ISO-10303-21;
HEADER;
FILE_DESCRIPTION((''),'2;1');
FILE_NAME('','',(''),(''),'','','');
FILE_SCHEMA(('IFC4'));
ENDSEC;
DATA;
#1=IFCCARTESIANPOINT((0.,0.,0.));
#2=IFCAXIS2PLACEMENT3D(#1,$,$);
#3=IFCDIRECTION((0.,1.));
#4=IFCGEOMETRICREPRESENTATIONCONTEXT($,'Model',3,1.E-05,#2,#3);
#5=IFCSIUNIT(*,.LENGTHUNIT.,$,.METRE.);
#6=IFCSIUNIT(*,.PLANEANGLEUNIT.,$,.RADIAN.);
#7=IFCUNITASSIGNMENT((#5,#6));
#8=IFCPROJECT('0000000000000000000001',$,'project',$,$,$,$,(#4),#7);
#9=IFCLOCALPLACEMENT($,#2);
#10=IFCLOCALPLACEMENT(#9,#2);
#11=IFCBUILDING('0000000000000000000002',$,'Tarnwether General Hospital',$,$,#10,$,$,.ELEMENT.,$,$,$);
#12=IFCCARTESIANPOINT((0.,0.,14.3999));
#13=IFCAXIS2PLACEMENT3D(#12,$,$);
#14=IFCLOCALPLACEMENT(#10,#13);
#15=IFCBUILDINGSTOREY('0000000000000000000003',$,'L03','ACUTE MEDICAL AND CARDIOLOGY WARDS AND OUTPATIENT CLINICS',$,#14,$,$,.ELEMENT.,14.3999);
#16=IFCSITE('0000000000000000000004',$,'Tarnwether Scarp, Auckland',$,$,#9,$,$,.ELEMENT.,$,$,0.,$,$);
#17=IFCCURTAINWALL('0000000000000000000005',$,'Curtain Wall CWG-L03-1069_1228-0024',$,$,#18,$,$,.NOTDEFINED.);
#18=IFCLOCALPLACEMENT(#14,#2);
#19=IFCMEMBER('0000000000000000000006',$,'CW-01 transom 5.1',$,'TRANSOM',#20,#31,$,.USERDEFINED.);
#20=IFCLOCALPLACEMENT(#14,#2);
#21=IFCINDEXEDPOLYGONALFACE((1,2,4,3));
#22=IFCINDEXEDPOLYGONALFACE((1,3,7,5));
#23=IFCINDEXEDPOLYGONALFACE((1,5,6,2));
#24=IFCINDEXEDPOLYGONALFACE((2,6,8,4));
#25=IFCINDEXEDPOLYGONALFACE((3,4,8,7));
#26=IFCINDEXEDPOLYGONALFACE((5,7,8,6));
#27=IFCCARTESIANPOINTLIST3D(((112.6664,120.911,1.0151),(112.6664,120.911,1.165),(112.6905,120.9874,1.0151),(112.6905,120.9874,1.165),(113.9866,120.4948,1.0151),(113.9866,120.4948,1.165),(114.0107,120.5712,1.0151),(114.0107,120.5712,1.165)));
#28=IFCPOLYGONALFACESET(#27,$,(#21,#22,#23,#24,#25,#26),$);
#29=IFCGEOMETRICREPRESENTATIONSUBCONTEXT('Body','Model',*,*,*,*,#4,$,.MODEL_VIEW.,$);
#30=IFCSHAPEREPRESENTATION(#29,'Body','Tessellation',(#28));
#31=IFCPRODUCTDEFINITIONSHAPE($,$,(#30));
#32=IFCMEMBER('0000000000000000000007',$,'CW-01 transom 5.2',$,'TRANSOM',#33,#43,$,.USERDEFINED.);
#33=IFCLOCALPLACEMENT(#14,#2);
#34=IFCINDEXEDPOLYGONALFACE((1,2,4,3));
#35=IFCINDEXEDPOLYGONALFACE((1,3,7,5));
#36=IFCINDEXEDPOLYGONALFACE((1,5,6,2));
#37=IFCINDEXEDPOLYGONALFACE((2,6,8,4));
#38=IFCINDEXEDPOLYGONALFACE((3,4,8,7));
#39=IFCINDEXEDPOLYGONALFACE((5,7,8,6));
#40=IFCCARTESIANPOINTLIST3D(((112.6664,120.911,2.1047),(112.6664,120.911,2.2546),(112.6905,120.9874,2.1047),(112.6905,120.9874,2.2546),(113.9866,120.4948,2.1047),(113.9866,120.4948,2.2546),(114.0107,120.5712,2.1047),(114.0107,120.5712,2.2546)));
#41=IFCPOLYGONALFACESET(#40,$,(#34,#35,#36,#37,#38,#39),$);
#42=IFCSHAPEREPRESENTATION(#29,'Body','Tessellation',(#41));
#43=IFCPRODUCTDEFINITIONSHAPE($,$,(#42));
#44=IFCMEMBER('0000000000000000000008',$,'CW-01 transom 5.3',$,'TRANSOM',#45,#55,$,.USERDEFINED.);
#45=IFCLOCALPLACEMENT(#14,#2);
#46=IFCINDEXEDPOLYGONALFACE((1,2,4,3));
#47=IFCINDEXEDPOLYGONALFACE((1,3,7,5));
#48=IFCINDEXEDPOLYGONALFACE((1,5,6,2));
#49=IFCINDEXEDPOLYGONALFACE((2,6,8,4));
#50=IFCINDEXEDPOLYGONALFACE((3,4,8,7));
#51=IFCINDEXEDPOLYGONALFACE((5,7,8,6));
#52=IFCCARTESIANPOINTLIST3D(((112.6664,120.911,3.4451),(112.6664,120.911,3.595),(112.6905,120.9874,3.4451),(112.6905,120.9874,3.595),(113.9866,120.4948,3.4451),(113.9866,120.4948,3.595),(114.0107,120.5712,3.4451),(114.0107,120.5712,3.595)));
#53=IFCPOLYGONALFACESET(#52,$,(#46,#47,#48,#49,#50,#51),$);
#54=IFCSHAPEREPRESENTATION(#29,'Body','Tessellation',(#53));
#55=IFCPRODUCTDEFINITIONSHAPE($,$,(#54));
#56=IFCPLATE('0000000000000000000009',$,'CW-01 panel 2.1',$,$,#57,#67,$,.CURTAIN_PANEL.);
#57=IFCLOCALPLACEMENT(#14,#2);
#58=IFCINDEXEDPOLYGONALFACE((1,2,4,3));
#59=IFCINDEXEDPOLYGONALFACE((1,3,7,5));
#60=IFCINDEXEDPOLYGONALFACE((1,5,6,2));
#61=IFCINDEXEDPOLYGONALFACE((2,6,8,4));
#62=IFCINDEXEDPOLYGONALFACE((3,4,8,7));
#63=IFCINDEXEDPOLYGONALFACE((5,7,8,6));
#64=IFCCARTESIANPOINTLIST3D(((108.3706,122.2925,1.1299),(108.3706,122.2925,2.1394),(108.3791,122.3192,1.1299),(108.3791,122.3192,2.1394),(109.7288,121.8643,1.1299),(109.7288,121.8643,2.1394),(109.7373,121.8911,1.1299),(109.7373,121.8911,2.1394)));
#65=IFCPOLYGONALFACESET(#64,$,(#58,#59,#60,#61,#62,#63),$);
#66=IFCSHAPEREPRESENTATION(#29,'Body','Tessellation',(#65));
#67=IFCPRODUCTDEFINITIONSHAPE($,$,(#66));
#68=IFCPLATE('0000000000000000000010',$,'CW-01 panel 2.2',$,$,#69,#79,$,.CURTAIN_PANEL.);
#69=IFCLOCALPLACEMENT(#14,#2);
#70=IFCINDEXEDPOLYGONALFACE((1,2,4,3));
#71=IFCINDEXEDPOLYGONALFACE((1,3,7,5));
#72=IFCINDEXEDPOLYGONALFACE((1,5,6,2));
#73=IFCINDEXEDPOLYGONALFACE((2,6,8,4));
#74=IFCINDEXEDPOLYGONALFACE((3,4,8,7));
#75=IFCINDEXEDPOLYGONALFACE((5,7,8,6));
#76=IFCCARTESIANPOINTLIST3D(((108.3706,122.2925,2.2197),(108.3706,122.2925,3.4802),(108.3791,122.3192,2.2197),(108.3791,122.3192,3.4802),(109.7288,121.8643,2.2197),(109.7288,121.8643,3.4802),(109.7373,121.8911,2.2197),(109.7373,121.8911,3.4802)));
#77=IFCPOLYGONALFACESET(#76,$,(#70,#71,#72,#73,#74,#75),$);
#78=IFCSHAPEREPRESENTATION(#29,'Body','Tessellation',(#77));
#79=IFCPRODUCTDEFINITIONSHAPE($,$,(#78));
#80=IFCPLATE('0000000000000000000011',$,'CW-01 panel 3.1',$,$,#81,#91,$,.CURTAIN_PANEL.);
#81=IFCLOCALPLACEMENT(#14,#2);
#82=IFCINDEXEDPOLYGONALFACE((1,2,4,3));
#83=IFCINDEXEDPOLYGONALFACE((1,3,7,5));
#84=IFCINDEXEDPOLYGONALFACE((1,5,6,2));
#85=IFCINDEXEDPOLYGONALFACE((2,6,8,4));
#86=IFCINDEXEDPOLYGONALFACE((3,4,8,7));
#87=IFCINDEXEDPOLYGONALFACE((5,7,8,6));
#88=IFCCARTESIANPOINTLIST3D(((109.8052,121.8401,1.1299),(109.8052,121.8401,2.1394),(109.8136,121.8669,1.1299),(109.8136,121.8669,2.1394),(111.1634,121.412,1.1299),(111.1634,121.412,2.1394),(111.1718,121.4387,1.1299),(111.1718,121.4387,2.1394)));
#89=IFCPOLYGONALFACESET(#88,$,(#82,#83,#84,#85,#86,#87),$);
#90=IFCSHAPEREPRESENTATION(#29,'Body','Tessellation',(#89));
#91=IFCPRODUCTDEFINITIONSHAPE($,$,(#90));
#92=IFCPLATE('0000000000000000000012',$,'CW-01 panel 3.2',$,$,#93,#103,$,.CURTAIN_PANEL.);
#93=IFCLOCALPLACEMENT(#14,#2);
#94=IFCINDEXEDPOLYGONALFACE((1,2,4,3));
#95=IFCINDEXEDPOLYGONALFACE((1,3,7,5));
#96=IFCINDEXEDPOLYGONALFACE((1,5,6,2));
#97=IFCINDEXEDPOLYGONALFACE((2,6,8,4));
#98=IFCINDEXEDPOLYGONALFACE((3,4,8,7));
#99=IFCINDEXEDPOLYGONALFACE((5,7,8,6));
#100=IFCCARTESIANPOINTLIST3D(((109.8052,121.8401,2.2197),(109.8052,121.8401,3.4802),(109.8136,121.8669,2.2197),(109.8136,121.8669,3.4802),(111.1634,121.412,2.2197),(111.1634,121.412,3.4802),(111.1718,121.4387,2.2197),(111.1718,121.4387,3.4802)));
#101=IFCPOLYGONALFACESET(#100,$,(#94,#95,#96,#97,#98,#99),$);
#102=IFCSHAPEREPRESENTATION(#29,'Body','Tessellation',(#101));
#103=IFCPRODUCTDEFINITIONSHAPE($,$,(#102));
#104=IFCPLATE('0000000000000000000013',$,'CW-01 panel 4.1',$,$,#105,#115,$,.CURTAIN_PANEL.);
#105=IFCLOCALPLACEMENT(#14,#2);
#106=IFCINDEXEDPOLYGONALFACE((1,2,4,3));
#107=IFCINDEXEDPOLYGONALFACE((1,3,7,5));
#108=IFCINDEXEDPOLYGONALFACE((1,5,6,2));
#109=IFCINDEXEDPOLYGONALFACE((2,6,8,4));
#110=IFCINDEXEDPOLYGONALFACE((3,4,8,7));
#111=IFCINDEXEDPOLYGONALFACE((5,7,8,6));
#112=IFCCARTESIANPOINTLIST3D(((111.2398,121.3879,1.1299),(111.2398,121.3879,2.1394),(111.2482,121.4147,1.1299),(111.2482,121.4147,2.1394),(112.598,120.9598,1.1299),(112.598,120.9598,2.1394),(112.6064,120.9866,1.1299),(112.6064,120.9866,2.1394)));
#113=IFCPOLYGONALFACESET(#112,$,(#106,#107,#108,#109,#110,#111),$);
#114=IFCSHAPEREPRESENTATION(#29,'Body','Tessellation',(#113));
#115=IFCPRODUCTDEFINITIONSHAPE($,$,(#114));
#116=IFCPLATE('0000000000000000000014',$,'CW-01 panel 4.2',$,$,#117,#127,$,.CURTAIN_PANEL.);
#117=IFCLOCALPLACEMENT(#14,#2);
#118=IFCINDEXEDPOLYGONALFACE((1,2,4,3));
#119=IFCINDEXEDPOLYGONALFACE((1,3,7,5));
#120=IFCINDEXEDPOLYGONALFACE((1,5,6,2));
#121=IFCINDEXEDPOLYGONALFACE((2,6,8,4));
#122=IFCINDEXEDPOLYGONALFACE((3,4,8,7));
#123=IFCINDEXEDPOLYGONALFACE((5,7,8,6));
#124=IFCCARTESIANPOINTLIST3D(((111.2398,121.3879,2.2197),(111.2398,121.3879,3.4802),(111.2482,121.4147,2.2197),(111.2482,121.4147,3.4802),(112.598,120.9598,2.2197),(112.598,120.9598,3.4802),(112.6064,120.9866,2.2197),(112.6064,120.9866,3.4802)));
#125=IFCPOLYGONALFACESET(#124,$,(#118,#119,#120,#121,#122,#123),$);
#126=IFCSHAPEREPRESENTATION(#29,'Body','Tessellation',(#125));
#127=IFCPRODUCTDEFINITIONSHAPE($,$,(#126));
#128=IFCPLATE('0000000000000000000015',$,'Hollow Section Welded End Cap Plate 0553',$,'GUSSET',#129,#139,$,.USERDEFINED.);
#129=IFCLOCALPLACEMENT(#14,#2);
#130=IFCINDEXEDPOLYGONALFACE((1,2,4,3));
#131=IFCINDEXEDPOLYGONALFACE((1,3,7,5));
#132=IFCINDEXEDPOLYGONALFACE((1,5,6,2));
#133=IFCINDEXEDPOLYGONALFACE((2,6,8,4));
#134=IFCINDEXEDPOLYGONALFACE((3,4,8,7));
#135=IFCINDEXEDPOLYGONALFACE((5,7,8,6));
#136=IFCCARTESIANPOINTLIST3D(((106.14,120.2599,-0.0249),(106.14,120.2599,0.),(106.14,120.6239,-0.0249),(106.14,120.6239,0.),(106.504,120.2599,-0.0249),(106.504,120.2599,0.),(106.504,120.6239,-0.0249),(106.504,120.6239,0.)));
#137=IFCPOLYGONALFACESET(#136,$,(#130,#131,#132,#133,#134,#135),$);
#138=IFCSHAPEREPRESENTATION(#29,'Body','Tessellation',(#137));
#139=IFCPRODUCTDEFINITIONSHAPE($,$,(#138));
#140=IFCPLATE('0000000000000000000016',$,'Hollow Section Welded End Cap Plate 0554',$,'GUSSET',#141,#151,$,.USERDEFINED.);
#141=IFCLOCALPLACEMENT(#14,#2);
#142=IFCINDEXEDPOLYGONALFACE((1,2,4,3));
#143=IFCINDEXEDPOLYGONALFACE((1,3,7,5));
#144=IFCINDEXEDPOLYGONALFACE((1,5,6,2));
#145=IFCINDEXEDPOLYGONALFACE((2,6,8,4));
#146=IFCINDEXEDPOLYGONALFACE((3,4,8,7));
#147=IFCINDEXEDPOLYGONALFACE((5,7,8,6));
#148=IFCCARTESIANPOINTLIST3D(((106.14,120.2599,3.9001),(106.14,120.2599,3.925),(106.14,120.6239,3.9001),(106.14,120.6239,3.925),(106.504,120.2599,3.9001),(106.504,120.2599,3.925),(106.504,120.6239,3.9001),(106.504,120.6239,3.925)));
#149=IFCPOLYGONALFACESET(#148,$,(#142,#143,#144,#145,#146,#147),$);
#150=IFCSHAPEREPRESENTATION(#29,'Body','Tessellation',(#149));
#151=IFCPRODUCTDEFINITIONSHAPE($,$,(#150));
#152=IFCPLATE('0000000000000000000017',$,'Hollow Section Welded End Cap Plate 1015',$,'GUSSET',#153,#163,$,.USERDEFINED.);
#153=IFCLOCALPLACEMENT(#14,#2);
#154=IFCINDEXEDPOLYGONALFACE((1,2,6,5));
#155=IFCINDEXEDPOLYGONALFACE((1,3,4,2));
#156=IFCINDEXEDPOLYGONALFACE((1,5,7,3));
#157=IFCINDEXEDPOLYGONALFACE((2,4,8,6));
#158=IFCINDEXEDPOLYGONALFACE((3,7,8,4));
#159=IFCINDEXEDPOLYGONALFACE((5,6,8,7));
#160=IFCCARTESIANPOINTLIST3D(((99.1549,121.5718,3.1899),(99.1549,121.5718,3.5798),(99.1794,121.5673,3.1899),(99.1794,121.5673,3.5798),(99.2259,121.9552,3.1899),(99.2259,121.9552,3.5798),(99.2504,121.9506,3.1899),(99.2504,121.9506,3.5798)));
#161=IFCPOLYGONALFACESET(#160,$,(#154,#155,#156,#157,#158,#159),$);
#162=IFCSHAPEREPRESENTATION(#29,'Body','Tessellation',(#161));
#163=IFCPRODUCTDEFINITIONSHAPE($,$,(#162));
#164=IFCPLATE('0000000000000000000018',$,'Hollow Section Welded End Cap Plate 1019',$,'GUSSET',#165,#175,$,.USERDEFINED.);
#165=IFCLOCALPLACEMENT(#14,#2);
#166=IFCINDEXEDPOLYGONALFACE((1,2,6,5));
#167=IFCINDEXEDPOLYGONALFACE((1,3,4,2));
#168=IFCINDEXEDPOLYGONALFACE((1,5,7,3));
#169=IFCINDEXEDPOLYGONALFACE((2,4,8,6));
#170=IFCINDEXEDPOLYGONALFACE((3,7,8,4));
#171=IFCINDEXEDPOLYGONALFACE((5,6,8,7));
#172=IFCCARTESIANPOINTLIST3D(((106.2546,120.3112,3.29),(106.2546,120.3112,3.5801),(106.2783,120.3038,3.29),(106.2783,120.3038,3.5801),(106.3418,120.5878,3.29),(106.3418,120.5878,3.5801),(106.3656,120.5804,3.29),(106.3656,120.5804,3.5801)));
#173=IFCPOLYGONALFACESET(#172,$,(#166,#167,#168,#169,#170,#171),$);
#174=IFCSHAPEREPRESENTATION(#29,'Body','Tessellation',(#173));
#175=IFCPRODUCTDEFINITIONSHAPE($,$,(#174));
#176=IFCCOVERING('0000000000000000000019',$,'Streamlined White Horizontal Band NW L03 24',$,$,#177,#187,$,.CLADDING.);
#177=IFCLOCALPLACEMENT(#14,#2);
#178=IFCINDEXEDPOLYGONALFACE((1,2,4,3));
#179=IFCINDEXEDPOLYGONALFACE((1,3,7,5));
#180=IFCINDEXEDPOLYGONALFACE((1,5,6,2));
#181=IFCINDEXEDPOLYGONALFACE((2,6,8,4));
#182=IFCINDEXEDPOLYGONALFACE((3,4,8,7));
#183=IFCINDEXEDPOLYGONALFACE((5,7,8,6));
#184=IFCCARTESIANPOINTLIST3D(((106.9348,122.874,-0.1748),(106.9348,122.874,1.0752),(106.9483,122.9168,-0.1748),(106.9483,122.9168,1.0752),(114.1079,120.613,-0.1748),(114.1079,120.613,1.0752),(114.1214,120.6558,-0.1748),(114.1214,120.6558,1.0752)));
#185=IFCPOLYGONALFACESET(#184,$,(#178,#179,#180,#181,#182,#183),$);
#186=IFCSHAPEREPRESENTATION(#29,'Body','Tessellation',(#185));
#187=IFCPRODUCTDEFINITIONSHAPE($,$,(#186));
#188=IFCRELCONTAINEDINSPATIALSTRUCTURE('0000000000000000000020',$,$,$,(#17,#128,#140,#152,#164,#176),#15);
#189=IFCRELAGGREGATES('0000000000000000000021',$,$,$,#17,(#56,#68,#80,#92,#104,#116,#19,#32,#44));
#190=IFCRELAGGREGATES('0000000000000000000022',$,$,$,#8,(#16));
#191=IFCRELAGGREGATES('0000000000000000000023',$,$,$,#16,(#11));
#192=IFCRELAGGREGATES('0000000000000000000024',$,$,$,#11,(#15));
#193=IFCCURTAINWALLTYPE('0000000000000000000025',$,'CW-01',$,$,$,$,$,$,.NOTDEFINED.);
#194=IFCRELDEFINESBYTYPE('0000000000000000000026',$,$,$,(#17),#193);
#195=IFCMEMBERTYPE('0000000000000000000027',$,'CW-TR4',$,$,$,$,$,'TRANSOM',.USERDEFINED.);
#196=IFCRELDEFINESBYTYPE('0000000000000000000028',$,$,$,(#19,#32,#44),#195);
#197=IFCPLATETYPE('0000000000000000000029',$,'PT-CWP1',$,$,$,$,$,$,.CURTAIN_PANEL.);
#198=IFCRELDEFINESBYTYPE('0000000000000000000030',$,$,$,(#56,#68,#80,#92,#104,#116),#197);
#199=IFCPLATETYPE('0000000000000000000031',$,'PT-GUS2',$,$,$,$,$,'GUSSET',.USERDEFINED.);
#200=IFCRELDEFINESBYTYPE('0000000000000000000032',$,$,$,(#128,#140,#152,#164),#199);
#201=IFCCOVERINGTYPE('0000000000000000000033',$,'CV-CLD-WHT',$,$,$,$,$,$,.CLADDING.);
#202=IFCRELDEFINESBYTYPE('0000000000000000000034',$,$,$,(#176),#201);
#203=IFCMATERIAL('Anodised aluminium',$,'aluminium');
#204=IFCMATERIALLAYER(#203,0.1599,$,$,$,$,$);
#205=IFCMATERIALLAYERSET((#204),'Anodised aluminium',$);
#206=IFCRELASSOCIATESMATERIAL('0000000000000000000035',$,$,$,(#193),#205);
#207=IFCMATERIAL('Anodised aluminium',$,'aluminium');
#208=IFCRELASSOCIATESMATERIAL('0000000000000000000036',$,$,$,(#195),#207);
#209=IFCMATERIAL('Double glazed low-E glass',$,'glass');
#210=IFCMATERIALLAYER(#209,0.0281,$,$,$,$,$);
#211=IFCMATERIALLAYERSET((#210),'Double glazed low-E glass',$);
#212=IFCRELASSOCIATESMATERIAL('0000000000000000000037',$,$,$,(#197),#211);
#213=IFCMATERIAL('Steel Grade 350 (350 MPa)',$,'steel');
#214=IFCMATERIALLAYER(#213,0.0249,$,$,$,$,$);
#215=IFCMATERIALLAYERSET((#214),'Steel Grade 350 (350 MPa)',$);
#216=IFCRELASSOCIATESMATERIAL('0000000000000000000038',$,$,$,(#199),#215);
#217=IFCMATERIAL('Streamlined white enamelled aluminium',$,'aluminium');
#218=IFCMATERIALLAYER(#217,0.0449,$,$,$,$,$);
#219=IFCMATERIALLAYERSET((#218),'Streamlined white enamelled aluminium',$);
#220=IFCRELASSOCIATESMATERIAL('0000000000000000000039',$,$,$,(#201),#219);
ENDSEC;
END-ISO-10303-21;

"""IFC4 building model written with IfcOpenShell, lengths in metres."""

from ifc_helpers import new_model, si_unit, direction, frame, origin, origin_2d, place, context, subcontext, project, spatial, rectangle, extrude, material, layer, layer_set, material_profile, profile_set, type_object, element, aggregate, save


model = new_model("IFC4")

# Units and contexts
model_context = context("Model", 3, precision=1e-05, world=origin(), true_north=direction((0.0, 1.0)))
body_context = subcontext(model_context, "Body", "Model", "MODEL_VIEW")
ifc_project = project(units=[si_unit("LENGTHUNIT", "METRE"), si_unit("PLANEANGLEUNIT", "RADIAN")], contexts=[model_context])

# Site, building, storey
site_placement = place(None, origin())
site = spatial("IfcSite", under=ifc_project, at=site_placement, Name="Tarnwether Scarp, Auckland", CompositionType="ELEMENT", RefElevation=0.0)
building_placement = place(site_placement, origin())
building = spatial("IfcBuilding", under=site, at=building_placement, Name="Tarnwether General Hospital", CompositionType="ELEMENT")
storey_placement = place(building_placement, frame((0.0, 0.0, 14.3999)))
storey = spatial("IfcBuildingStorey", under=building, at=storey_placement, Name="L03", Description="ACUTE MEDICAL AND CARDIOLOGY WARDS AND OUTPATIENT CLINICS", CompositionType="ELEMENT", Elevation=14.3999)

# Curtain wall, members, plates
ifc_material_1 = material(Name="Anodised aluminium", Category="aluminium")
ifc_layer_1 = layer(ifc_material_1, 0.1599)
ifc_layer_set_1 = layer_set([ifc_layer_1], Name="Anodised aluminium")
curtain_wall_type = type_object("IfcCurtainWallType", Name="CW-01", PredefinedType="NOTDEFINED", material=ifc_layer_set_1)
curtain_wall_placement = place(storey_placement, origin())
curtain_wall = element("IfcCurtainWall", 1, at=curtain_wall_placement, inside=storey, type_object=curtain_wall_type, Name="Curtain Wall CWG-L03-1069_1228-0024", PredefinedType="NOTDEFINED")
ifc_material_2 = material(Name="Anodised aluminium", Category="aluminium")
ifc_material_profile_1 = material_profile(ifc_material_2, rectangle(XDim=0.0801, YDim=0.1499, at=origin_2d()), Name="ALU-TRN-80x150")
ifc_profile_set_1 = profile_set([ifc_material_profile_1], Name="Anodised aluminium")
member_type_1 = type_object("IfcMemberType", Name="CW-TR4", ElementType="TRANSOM", PredefinedType="USERDEFINED", material=ifc_profile_set_1)
member_1_placement = place(storey_placement, frame((112.6785, 120.9492, 1.0901), z_axis=(0.953724, -0.300684, 0.0), x_axis=(0.300684, 0.953724, 0.0)))
member_1 = element("IfcMember", 2, at=member_1_placement, type_object=member_type_1, Name="CW-01 transom 5.1", ObjectType="TRANSOM", PredefinedType="USERDEFINED", context=body_context, shape_type="SweptSolid", body=[
    extrude(rectangle(XDim=0.0801, YDim=0.1499, at=origin_2d()), origin(), (0.0, 0.0, 1.0), 1.3843),
])
member_2_placement = place(storey_placement, frame((112.6785, 120.9492, 2.1797), z_axis=(0.953724, -0.300684, 0.0), x_axis=(0.300684, 0.953724, 0.0)))
member_2 = element("IfcMember", 3, at=member_2_placement, type_object=member_type_1, Name="CW-01 transom 5.2", ObjectType="TRANSOM", PredefinedType="USERDEFINED", context=body_context, shape_type="SweptSolid", body=[
    extrude(rectangle(XDim=0.0801, YDim=0.1499, at=origin_2d()), origin(), (0.0, 0.0, 1.0), 1.3843),
])
member_3_placement = place(storey_placement, frame((112.6785, 120.9492, 3.52), z_axis=(0.953724, -0.300684, 0.0), x_axis=(0.300684, 0.953724, 0.0)))
member_3 = element("IfcMember", 4, at=member_3_placement, type_object=member_type_1, Name="CW-01 transom 5.3", ObjectType="TRANSOM", PredefinedType="USERDEFINED", context=body_context, shape_type="SweptSolid", body=[
    extrude(rectangle(XDim=0.0801, YDim=0.1499, at=origin_2d()), origin(), (0.0, 0.0, 1.0), 1.3843),
])
ifc_material_3 = material(Name="Double glazed low-E glass", Category="glass")
ifc_layer_2 = layer(ifc_material_3, 0.0281)
ifc_layer_set_2 = layer_set([ifc_layer_2], Name="Double glazed low-E glass")
plate_type_1 = type_object("IfcPlateType", Name="PT-CWP1", PredefinedType="CURTAIN_PANEL", material=ifc_layer_set_2)
plate_1_placement = place(storey_placement, frame((109.054, 122.0918, 1.1299), z_axis=(0.0, 0.0, 1.0), x_axis=(0.953741, -0.300629, 0.0)))
plate_1 = element("IfcPlate", 5, at=plate_1_placement, type_object=plate_type_1, Name="CW-01 panel 2.1", PredefinedType="CURTAIN_PANEL", context=body_context, shape_type="SweptSolid", body=[
    extrude(rectangle(XDim=1.4241, YDim=0.0281, at=origin_2d()), origin(), (0.0, 0.0, 1.0), 1.0095),
])
plate_2_placement = place(storey_placement, frame((109.054, 122.0918, 2.2197), z_axis=(0.0, 0.0, 1.0), x_axis=(0.953741, -0.300629, 0.0)))
plate_2 = element("IfcPlate", 6, at=plate_2_placement, type_object=plate_type_1, Name="CW-01 panel 2.2", PredefinedType="CURTAIN_PANEL", context=body_context, shape_type="SweptSolid", body=[
    extrude(rectangle(XDim=1.4241, YDim=0.0281, at=origin_2d()), origin(), (0.0, 0.0, 1.0), 1.2605),
])
plate_3_placement = place(storey_placement, frame((110.4885, 121.6394, 1.1299), z_axis=(0.0, 0.0, 1.0), x_axis=(0.953741, -0.300629, 0.0)))
plate_3 = element("IfcPlate", 7, at=plate_3_placement, type_object=plate_type_1, Name="CW-01 panel 3.1", PredefinedType="CURTAIN_PANEL", context=body_context, shape_type="SweptSolid", body=[
    extrude(rectangle(XDim=1.4241, YDim=0.0281, at=origin_2d()), origin(), (0.0, 0.0, 1.0), 1.0095),
])
plate_4_placement = place(storey_placement, frame((110.4885, 121.6394, 2.2197), z_axis=(0.0, 0.0, 1.0), x_axis=(0.953741, -0.300629, 0.0)))
plate_4 = element("IfcPlate", 8, at=plate_4_placement, type_object=plate_type_1, Name="CW-01 panel 3.2", PredefinedType="CURTAIN_PANEL", context=body_context, shape_type="SweptSolid", body=[
    extrude(rectangle(XDim=1.4241, YDim=0.0281, at=origin_2d()), origin(), (0.0, 0.0, 1.0), 1.2605),
])
plate_5_placement = place(storey_placement, frame((111.9231, 121.1873, 1.1299), z_axis=(0.0, 0.0, 1.0), x_axis=(0.953741, -0.300629, 0.0)))
plate_5 = element("IfcPlate", 9, at=plate_5_placement, type_object=plate_type_1, Name="CW-01 panel 4.1", PredefinedType="CURTAIN_PANEL", context=body_context, shape_type="SweptSolid", body=[
    extrude(rectangle(XDim=1.4241, YDim=0.0281, at=origin_2d()), origin(), (0.0, 0.0, 1.0), 1.0095),
])
plate_6_placement = place(storey_placement, frame((111.9231, 121.1873, 2.2197), z_axis=(0.0, 0.0, 1.0), x_axis=(0.953741, -0.300629, 0.0)))
plate_6 = element("IfcPlate", 10, at=plate_6_placement, type_object=plate_type_1, Name="CW-01 panel 4.2", PredefinedType="CURTAIN_PANEL", context=body_context, shape_type="SweptSolid", body=[
    extrude(rectangle(XDim=1.4241, YDim=0.0281, at=origin_2d()), origin(), (0.0, 0.0, 1.0), 1.2605),
])
aggregate(curtain_wall, [plate_1, plate_2, plate_3, plate_4, plate_5, plate_6, member_1, member_2, member_3])

# Plates
ifc_material_4 = material(Name="Steel Grade 350 (350 MPa)", Category="steel")
ifc_layer_3 = layer(ifc_material_4, 0.0249)
ifc_layer_set_3 = layer_set([ifc_layer_3], Name="Steel Grade 350 (350 MPa)")
plate_type_2 = type_object("IfcPlateType", Name="PT-GUS2", ElementType="GUSSET", PredefinedType="USERDEFINED", material=ifc_layer_set_3)
for number, where, z_axis, x_axis, name in (
    (11, (106.322, 120.4419, -0.0249), (0.0, 0.0, 1.0), (1.0, 0.0, 0.0), "Hollow Section Welded End Cap Plate 0553"),
    (12, (106.322, 120.4419, 3.9001), (0.0, 0.0, 1.0), (1.0, 0.0, 0.0), "Hollow Section Welded End Cap Plate 0554"),
):
    element("IfcPlate", number, at=place(storey_placement, frame(where, z_axis=z_axis, x_axis=x_axis)), inside=storey, type_object=plate_type_2, Name=name, ObjectType="GUSSET", PredefinedType="USERDEFINED", context=body_context, shape_type="SweptSolid", body=[
        extrude(rectangle(XDim=0.364, YDim=0.364, at=origin_2d()), origin(), (0.0, 0.0, 1.0), 0.0249),
    ])
plate_7_placement = place(storey_placement, frame((99.2026, 121.7612, 3.1899), z_axis=(0.0, 0.0, 1.0), x_axis=(0.983261, -0.182201, 0.0)))
element("IfcPlate", 13, at=plate_7_placement, inside=storey, type_object=plate_type_2, Name="Hollow Section Welded End Cap Plate 1015", ObjectType="GUSSET", PredefinedType="USERDEFINED", context=body_context, shape_type="SweptSolid", body=[
    extrude(rectangle(XDim=0.0249, YDim=0.3899, at=origin_2d()), origin(), (0.0, 0.0, 1.0), 0.3899),
])
plate_8_placement = place(storey_placement, frame((106.3101, 120.4458, 3.29), z_axis=(0.0, 0.0, 1.0), x_axis=(0.953691, -0.300789, 0.0)))
element("IfcPlate", 14, at=plate_8_placement, inside=storey, type_object=plate_type_2, Name="Hollow Section Welded End Cap Plate 1019", ObjectType="GUSSET", PredefinedType="USERDEFINED", context=body_context, shape_type="SweptSolid", body=[
    extrude(rectangle(XDim=0.0249, YDim=0.29, at=origin_2d()), origin(), (0.0, 0.0, 1.0), 0.29),
])

# Covering
ifc_material_5 = material(Name="Streamlined white enamelled aluminium", Category="aluminium")
ifc_layer_4 = layer(ifc_material_5, 0.0449)
ifc_layer_set_4 = layer_set([ifc_layer_4], Name="Streamlined white enamelled aluminium")
covering_type = type_object("IfcCoveringType", Name="CV-CLD-WHT", PredefinedType="CLADDING", material=ifc_layer_set_4)
covering_placement = place(storey_placement, frame((110.5281, 121.7649, -0.1748), z_axis=(0.0, 0.0, 1.0), x_axis=(0.953743, -0.300623, 0.0)))
element("IfcCovering", 15, at=covering_placement, inside=storey, type_object=covering_type, Name="Streamlined White Horizontal Band NW L03 24", PredefinedType="CLADDING", context=body_context, shape_type="SweptSolid", body=[
    extrude(rectangle(XDim=7.521, YDim=0.0449, at=origin_2d()), origin(), (0.0, 0.0, 1.0), 1.25),
])

save(model, "model.ifc")
